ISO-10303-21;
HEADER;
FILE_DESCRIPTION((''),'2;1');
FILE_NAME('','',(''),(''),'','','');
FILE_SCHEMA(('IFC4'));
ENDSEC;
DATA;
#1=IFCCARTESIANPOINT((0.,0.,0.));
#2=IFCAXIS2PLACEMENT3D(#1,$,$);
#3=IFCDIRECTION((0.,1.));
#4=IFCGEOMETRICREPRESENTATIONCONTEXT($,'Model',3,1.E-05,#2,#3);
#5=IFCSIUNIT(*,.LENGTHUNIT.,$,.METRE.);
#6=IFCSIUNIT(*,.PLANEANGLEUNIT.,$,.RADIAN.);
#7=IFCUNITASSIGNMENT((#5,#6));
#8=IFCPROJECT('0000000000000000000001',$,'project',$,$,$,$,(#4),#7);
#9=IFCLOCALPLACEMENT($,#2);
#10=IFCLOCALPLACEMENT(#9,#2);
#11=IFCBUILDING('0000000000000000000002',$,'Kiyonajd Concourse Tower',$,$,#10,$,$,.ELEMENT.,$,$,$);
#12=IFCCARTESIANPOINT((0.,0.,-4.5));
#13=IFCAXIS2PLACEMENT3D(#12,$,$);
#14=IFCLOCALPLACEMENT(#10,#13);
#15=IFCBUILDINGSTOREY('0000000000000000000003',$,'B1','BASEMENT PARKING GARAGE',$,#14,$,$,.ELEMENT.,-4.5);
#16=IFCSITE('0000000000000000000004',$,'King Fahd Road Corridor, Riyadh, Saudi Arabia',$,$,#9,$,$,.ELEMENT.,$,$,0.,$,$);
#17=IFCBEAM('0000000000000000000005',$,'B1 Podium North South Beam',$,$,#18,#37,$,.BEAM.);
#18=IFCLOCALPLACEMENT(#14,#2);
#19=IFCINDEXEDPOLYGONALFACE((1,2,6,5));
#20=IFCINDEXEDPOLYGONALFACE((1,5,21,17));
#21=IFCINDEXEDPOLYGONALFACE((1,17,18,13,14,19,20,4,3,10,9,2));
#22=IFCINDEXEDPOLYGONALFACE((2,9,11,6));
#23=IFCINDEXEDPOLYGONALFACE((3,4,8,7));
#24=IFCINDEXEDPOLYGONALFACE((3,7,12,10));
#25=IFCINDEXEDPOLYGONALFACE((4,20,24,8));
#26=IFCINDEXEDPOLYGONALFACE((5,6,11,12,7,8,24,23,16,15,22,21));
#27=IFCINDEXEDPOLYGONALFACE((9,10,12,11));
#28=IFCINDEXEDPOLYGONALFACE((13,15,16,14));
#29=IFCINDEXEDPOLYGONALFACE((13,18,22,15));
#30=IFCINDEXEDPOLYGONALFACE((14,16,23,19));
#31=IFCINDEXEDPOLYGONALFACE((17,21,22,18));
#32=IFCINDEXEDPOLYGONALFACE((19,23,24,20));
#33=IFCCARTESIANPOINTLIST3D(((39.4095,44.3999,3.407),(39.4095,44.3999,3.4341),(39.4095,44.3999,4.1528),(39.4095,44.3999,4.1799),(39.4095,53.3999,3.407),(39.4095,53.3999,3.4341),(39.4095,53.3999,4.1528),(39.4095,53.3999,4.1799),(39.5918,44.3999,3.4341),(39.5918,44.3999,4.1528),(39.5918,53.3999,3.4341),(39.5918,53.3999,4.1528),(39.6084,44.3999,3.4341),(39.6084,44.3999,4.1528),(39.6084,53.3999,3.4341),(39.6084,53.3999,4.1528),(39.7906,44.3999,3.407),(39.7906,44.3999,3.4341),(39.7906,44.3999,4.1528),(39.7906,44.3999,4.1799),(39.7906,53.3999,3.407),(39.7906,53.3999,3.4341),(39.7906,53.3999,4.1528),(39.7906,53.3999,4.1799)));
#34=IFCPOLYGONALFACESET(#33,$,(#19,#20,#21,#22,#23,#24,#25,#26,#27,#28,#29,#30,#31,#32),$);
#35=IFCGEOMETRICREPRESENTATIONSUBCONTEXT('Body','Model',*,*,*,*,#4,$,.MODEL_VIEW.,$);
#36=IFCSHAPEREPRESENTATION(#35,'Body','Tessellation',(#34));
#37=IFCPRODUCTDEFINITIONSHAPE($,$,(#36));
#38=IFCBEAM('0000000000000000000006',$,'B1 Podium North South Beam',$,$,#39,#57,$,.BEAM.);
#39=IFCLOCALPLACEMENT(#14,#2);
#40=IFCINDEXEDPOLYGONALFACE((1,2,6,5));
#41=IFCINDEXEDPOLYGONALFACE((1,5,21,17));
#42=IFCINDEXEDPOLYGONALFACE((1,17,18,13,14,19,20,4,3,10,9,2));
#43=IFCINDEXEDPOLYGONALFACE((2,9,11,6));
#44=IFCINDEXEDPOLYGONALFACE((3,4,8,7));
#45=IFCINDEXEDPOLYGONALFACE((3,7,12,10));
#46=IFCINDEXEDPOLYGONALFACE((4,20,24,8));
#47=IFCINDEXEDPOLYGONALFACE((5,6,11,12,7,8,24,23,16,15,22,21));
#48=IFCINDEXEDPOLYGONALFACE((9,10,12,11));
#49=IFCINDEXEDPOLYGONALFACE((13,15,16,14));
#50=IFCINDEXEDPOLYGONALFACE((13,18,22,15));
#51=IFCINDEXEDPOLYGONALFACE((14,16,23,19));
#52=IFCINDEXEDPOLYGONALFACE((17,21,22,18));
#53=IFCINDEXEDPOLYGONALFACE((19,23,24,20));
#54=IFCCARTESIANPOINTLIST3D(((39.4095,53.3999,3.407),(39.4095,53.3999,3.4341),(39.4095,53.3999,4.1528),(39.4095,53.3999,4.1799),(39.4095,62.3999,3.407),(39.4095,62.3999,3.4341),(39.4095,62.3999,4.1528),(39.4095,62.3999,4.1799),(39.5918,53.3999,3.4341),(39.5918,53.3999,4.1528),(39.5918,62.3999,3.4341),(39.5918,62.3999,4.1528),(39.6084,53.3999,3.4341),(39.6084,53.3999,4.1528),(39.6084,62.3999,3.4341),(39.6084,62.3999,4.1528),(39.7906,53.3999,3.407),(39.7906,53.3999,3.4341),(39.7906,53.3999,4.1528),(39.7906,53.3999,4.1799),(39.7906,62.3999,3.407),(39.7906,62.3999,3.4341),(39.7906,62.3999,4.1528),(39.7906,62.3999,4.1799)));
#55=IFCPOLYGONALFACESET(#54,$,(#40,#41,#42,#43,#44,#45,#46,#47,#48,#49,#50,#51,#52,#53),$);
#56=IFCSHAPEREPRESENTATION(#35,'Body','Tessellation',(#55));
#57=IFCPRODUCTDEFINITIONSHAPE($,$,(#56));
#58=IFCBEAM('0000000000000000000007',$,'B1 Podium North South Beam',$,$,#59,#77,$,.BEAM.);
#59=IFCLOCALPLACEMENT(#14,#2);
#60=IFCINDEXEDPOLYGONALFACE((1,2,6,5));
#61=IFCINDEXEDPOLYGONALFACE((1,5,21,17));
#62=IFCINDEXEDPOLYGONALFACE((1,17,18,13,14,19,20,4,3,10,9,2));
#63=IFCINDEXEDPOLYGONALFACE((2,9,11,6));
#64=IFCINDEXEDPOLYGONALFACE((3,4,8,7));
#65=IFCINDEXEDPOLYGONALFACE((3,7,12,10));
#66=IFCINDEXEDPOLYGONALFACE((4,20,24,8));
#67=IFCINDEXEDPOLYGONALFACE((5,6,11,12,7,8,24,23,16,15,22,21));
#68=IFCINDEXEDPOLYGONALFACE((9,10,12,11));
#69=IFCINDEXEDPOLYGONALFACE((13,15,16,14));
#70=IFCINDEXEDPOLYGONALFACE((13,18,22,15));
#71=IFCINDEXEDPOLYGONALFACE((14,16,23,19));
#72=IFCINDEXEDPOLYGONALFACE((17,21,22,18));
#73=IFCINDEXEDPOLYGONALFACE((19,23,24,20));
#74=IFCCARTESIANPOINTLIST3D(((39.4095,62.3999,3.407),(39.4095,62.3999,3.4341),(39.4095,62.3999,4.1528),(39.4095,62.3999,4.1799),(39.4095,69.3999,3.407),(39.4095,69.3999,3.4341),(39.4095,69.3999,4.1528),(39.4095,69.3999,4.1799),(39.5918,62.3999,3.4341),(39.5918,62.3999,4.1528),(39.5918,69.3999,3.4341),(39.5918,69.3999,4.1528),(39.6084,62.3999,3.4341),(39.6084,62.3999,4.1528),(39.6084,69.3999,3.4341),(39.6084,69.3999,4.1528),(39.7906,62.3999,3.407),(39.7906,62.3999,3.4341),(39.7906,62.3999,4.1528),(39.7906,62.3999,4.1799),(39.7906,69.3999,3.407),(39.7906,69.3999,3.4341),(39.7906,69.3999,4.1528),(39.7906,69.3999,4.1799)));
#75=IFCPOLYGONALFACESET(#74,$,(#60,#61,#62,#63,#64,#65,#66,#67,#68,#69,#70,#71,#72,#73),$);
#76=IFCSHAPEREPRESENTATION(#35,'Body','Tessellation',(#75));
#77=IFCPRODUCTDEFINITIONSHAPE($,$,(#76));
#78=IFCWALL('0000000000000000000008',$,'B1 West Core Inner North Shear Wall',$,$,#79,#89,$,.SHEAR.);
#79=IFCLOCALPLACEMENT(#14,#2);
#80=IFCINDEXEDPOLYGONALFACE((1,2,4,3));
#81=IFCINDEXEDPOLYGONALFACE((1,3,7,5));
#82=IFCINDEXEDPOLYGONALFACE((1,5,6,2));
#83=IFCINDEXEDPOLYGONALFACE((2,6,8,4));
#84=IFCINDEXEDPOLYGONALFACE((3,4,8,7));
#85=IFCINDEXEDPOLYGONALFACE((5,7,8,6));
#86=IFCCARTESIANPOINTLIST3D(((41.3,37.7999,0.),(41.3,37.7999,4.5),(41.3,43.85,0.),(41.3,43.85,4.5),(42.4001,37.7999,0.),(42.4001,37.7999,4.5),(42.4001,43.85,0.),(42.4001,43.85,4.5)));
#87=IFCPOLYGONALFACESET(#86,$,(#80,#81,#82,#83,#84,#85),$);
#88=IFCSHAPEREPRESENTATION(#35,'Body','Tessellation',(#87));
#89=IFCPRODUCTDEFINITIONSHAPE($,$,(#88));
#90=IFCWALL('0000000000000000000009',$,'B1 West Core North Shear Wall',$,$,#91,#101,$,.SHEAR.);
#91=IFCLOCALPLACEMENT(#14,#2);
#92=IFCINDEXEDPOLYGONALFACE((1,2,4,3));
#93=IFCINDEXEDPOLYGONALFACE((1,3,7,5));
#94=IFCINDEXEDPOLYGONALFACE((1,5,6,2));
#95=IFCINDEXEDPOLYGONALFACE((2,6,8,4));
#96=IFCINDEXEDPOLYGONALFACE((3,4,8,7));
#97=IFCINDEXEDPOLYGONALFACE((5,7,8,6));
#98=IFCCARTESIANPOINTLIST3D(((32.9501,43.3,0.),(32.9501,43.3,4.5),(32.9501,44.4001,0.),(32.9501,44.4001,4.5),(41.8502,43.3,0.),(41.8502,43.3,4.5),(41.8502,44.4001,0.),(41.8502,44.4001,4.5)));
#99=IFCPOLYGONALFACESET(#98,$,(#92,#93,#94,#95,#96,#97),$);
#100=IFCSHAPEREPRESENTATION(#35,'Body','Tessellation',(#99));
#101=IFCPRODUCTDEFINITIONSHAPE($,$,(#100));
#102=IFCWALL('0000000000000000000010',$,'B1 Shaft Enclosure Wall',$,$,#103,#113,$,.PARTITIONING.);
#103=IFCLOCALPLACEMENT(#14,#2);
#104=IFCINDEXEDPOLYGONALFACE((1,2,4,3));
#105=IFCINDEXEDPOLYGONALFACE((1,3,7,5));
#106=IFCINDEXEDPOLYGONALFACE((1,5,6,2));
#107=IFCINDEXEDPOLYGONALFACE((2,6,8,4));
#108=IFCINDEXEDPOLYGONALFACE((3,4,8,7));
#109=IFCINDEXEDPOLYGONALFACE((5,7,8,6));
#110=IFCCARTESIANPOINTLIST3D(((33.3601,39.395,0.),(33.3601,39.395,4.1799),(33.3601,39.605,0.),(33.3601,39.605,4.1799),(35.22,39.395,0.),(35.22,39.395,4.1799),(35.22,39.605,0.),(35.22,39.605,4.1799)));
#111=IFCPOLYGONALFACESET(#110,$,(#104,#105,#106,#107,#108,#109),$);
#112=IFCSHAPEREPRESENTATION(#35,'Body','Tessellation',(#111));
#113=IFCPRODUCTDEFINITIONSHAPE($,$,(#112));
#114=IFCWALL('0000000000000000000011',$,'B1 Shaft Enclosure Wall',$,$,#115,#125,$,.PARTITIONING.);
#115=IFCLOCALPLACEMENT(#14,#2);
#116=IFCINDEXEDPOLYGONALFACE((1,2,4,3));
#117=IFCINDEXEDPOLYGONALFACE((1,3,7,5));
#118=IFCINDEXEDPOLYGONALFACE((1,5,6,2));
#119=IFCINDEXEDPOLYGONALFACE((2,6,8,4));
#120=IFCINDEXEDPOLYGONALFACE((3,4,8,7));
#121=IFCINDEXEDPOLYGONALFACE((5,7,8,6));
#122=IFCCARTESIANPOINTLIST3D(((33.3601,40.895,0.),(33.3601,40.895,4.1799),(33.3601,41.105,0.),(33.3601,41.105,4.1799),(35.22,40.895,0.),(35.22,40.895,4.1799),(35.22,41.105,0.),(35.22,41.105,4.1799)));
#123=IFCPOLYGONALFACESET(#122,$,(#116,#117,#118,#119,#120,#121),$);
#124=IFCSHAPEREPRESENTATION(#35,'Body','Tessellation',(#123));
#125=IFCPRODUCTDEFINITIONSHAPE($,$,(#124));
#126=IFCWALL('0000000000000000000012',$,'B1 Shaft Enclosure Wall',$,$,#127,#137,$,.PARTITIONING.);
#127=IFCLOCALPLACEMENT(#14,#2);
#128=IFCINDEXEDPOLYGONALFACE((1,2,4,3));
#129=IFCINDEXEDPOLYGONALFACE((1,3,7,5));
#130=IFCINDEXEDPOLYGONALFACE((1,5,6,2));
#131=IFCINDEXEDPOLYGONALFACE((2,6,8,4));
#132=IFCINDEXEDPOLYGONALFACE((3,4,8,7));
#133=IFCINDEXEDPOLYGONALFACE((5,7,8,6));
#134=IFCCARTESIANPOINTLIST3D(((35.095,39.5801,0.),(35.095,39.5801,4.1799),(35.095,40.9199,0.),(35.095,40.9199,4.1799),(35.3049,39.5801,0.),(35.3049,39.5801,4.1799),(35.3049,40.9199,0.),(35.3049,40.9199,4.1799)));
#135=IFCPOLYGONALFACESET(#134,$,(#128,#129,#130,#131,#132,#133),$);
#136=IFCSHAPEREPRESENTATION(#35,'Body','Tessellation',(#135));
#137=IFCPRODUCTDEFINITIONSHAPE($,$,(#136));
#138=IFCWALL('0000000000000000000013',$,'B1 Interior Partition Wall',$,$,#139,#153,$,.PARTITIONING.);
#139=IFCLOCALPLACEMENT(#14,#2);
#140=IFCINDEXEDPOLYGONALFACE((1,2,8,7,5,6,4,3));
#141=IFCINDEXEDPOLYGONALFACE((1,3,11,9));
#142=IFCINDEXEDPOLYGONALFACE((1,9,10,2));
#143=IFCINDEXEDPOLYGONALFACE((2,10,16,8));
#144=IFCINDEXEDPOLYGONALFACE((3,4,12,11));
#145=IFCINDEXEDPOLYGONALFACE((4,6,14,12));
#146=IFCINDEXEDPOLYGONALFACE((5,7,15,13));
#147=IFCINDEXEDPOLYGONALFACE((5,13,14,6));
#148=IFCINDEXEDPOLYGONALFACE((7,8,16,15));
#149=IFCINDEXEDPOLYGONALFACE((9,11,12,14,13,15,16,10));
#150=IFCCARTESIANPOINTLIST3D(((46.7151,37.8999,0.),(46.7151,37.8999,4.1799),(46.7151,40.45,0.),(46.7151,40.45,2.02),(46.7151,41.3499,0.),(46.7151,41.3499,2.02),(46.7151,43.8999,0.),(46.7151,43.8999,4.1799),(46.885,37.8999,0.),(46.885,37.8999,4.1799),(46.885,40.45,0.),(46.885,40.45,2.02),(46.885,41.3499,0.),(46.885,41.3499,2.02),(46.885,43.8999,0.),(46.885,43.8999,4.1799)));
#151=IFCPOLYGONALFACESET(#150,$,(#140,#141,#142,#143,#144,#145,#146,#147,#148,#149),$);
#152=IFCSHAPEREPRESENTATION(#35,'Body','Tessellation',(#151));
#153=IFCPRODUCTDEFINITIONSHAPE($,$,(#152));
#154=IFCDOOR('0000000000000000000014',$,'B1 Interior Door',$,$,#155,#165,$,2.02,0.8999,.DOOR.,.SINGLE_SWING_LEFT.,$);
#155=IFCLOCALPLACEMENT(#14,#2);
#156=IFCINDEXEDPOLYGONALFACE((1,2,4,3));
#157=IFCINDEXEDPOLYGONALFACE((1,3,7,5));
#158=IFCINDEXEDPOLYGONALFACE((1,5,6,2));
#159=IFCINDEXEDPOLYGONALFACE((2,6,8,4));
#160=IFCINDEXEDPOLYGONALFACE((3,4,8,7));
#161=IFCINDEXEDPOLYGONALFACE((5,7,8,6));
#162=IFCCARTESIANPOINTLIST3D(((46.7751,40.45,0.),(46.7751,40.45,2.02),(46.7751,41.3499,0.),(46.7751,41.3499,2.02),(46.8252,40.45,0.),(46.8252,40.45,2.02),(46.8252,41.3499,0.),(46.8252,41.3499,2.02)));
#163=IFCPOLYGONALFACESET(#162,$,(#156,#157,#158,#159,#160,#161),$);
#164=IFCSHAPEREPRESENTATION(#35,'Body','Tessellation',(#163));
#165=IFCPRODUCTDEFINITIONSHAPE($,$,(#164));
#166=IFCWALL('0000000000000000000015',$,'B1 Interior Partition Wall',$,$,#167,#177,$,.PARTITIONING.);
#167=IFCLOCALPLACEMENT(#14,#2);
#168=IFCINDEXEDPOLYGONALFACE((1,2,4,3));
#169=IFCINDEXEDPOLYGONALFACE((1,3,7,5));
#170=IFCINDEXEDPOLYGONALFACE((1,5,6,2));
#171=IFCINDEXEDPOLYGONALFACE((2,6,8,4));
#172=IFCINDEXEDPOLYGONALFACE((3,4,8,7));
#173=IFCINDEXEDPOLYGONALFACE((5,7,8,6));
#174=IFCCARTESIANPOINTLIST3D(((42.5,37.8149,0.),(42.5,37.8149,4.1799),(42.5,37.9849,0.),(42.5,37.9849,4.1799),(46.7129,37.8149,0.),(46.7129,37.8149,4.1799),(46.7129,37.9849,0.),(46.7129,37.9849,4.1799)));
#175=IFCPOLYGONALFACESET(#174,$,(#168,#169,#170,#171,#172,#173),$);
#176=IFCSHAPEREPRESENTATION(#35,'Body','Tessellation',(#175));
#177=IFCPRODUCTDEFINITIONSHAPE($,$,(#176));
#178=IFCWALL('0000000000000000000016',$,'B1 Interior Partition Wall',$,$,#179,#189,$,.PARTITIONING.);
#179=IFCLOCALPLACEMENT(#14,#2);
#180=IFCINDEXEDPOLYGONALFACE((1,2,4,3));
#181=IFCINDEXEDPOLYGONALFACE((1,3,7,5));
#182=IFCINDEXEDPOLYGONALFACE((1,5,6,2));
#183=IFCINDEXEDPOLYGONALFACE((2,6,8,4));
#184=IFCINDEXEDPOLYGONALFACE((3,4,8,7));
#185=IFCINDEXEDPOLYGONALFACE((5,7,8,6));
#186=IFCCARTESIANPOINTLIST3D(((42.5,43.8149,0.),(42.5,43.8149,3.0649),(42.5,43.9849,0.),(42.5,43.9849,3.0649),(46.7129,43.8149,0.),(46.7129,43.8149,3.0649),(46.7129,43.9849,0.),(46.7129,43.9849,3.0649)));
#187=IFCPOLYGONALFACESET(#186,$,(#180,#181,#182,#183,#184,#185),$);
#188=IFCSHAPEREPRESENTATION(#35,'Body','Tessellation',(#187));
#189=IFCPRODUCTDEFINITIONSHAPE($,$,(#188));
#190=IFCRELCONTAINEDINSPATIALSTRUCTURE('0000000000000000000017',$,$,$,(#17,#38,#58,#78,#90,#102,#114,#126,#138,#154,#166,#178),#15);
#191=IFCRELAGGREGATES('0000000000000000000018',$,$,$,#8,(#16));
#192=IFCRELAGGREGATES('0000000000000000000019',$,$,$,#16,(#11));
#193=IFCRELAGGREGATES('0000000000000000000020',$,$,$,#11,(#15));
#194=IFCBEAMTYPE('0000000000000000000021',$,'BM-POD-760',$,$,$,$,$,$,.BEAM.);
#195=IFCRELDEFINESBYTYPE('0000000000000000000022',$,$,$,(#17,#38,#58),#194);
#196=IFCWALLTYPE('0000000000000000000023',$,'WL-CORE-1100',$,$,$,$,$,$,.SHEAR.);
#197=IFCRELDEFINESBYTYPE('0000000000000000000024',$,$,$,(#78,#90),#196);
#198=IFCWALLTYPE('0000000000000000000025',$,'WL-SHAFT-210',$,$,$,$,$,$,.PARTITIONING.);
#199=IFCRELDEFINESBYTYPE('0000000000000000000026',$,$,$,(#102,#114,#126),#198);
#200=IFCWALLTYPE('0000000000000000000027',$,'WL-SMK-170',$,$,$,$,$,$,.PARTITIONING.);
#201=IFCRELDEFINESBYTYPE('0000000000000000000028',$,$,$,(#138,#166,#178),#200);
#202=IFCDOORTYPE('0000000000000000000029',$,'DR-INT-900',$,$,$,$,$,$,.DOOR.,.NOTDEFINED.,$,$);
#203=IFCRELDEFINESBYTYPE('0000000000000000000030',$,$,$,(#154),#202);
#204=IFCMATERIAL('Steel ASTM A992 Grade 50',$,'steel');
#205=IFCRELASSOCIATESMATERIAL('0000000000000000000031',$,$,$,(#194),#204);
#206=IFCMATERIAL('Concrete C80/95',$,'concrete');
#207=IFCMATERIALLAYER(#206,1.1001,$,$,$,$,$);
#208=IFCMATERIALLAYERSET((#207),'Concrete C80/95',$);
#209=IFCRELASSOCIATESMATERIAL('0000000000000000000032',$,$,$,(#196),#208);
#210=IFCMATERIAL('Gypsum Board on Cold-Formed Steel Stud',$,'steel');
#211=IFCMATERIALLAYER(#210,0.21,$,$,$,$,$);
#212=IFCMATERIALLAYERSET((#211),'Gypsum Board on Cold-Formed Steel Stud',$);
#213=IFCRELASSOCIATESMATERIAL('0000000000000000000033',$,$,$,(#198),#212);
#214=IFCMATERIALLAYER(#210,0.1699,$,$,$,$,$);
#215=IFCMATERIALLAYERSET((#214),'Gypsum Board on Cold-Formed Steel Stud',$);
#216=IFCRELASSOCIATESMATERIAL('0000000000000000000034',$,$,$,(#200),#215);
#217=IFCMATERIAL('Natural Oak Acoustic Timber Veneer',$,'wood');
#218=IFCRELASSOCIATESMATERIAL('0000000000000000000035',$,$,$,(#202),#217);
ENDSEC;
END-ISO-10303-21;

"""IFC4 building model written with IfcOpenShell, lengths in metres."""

from ifc_helpers import new_model, si_unit, direction, frame, frame_2d, origin, origin_2d, place, context, subcontext, project, spatial, rectangle, i_section, extrude, material, layer, layer_set, material_profile, profile_set, type_object, element, fill, save


model = new_model("IFC4")

# Units and contexts
model_context = context("Model", 3, precision=1e-05, world=origin(), true_north=direction((0.0, 1.0)))
body_context = subcontext(model_context, "Body", "Model", "MODEL_VIEW")
ifc_project = project(units=[si_unit("LENGTHUNIT", "METRE"), si_unit("PLANEANGLEUNIT", "RADIAN")], contexts=[model_context])

# Site, building, storey
site_placement = place(None, origin())
site = spatial("IfcSite", under=ifc_project, at=site_placement, Name="King Fahd Road Corridor, Riyadh, Saudi Arabia", CompositionType="ELEMENT", RefElevation=0.0)
building_placement = place(site_placement, origin())
building = spatial("IfcBuilding", under=site, at=building_placement, Name="Kiyonajd Concourse Tower", CompositionType="ELEMENT")
storey_placement = place(building_placement, frame((0.0, 0.0, -4.5)))
storey = spatial("IfcBuildingStorey", under=building, at=storey_placement, Name="B1", Description="BASEMENT PARKING GARAGE", CompositionType="ELEMENT", Elevation=-4.5)

# Shared definitions
ifc_material_1 = material(Name="Concrete C80/95", Category="concrete")

# Beams
ifc_material_2 = material(Name="Steel ASTM A992 Grade 50", Category="steel")
ifc_material_profile_1 = material_profile(ifc_material_2, i_section(OverallWidth=0.3811, OverallDepth=0.7729, WebThickness=0.0166, FlangeThickness=0.0271, at=origin_2d()), Name="W760X257")
ifc_profile_set_1 = profile_set([ifc_material_profile_1], Name="Steel ASTM A992 Grade 50")
beam_type_1 = type_object("IfcBeamType", Name="BM-POD-760", PredefinedType="BEAM", material=ifc_profile_set_1)
for number, where, z_axis, x_axis, name in (
    (1, (39.6001, 44.3999, 3.7935), (0.0, 1.0, 0.0), (-1.0, 0.0, 0.0), "B1 Podium North South Beam"),
    (2, (39.6001, 53.3999, 3.7935), (0.0, 1.0, 0.0), (-1.0, 0.0, 0.0), "B1 Podium North South Beam"),
):
    element("IfcBeam", number, at=place(storey_placement, frame(where, z_axis=z_axis, x_axis=x_axis)), inside=storey, type_object=beam_type_1, Name=name, PredefinedType="BEAM", context=body_context, shape_type="SweptSolid", body=[
        extrude(i_section(OverallWidth=0.3811, OverallDepth=0.7729, WebThickness=0.0166, FlangeThickness=0.0271, at=origin_2d()), origin(), (0.0, 0.0, 1.0), 9.0),
    ])
beam_1_placement = place(storey_placement, frame((39.6001, 62.3999, 3.7935), z_axis=(0.0, 1.0, 0.0), x_axis=(-1.0, 0.0, 0.0)))
element("IfcBeam", 3, at=beam_1_placement, inside=storey, type_object=beam_type_1, Name="B1 Podium North South Beam", PredefinedType="BEAM", context=body_context, shape_type="SweptSolid", body=[
    extrude(i_section(OverallWidth=0.3811, OverallDepth=0.7729, WebThickness=0.0166, FlangeThickness=0.0271, at=origin_2d()), origin(), (0.0, 0.0, 1.0), 7.0),
])

# Walls
ifc_layer_1 = layer(ifc_material_1, 1.1001)
ifc_layer_set_1 = layer_set([ifc_layer_1], Name="Concrete C80/95")
wall_type_1 = type_object("IfcWallType", Name="WL-CORE-1100", PredefinedType="SHEAR", material=ifc_layer_set_1)
wall_1_placement = place(storey_placement, frame((41.8501, 37.8, 0.0), z_axis=(0.0, 0.0, 1.0), x_axis=(0.0, 1.0, 0.0)))
element("IfcWall", 4, at=wall_1_placement, inside=storey, type_object=wall_type_1, Name="B1 West Core Inner North Shear Wall", PredefinedType="SHEAR", context=body_context, shape_type="SweptSolid", body=[
    extrude(rectangle(XDim=6.05, YDim=1.1001, at=frame_2d((3.0249, 0.0))), origin(), (0.0, 0.0, 1.0), 4.5),
])
wall_2_placement = place(storey_placement, frame((32.95, 43.8501, 0.0), z_axis=(0.0, 0.0, 1.0), x_axis=(1.0, 0.0, 0.0)))
element("IfcWall", 5, at=wall_2_placement, inside=storey, type_object=wall_type_1, Name="B1 West Core North Shear Wall", PredefinedType="SHEAR", context=body_context, shape_type="SweptSolid", body=[
    extrude(rectangle(XDim=8.9001, YDim=1.1001, at=frame_2d((4.4502, 0.0))), origin(), (0.0, 0.0, 1.0), 4.5),
])
ifc_material_3 = material(Name="Gypsum Board on Cold-Formed Steel Stud", Category="steel")
ifc_layer_2 = layer(ifc_material_3, 0.21)
ifc_layer_set_2 = layer_set([ifc_layer_2], Name="Gypsum Board on Cold-Formed Steel Stud")
wall_type_2 = type_object("IfcWallType", Name="WL-SHAFT-210", PredefinedType="PARTITIONING", material=ifc_layer_set_2)
for number, where, z_axis, x_axis, name in (
    (6, (33.3601, 39.5, 0.0), (0.0, 0.0, 1.0), (1.0, 0.0, 0.0), "B1 Shaft Enclosure Wall"),
    (7, (33.3601, 41.0, 0.0), (0.0, 0.0, 1.0), (1.0, 0.0, 0.0), "B1 Shaft Enclosure Wall"),
):
    element("IfcWall", number, at=place(storey_placement, frame(where, z_axis=z_axis, x_axis=x_axis)), inside=storey, type_object=wall_type_2, Name=name, PredefinedType="PARTITIONING", context=body_context, shape_type="SweptSolid", body=[
        extrude(rectangle(XDim=1.8599, YDim=0.21, at=frame_2d((0.9299, 0.0))), origin(), (0.0, 0.0, 1.0), 4.1799),
    ])
wall_3_placement = place(storey_placement, frame((35.2, 39.5801, 0.0), z_axis=(0.0, 0.0, 1.0), x_axis=(0.0, 1.0, 0.0)))
element("IfcWall", 8, at=wall_3_placement, inside=storey, type_object=wall_type_2, Name="B1 Shaft Enclosure Wall", PredefinedType="PARTITIONING", context=body_context, shape_type="SweptSolid", body=[
    extrude(rectangle(XDim=1.3398, YDim=0.21, at=frame_2d((0.6699, 0.0))), origin(), (0.0, 0.0, 1.0), 4.1799),
])

# Wall, opening, door
ifc_layer_3 = layer(ifc_material_3, 0.1699)
ifc_layer_set_3 = layer_set([ifc_layer_3], Name="Gypsum Board on Cold-Formed Steel Stud")
wall_type_3 = type_object("IfcWallType", Name="WL-SMK-170", PredefinedType="PARTITIONING", material=ifc_layer_set_3)
wall_4_placement = place(storey_placement, frame((46.8, 37.8999, 0.0), z_axis=(0.0, 0.0, 1.0), x_axis=(0.0, 1.0, 0.0)))
wall_4 = element("IfcWall", 9, at=wall_4_placement, inside=storey, type_object=wall_type_3, Name="B1 Interior Partition Wall", PredefinedType="PARTITIONING", context=body_context, shape_type="SweptSolid", body=[
    extrude(rectangle(XDim=6.0, YDim=0.1699, at=frame_2d((3.0, 0.0))), origin(), (0.0, 0.0, 1.0), 4.1799),
])
opening_1_placement = place(wall_4_placement, frame((2.55, 0.0, 0.0)))
opening_1 = element("IfcOpeningElement", 10, at=opening_1_placement, cuts=wall_4, PredefinedType="OPENING", context=body_context, shape_type="SweptSolid", body=[
    extrude(rectangle(XDim=0.8999, YDim=2.02, at=frame_2d((0.45, 1.01))), frame((0.0, 0.095, 0.0), z_axis=(0.0, -1.0, 0.0), x_axis=(1.0, 0.0, 0.0)), (0.0, 0.0, 1.0), 0.1899),
])
ifc_material_4 = material(Name="Natural Oak Acoustic Timber Veneer", Category="wood")
door_type = type_object("IfcDoorType", Name="DR-INT-900", OperationType="NOTDEFINED", PredefinedType="DOOR", material=ifc_material_4)
door_1_placement = place(opening_1_placement, origin())
door_1 = element("IfcDoor", 11, at=door_1_placement, inside=storey, type_object=door_type, Name="B1 Interior Door", OperationType="SINGLE_SWING_LEFT", OverallHeight=2.02, OverallWidth=0.8999, PredefinedType="DOOR", context=body_context, shape_type="SweptSolid", body=[
    extrude(rectangle(XDim=0.8999, YDim=2.02, at=frame_2d((0.45, 1.01))), frame((0.0, 0.0249, 0.0), z_axis=(0.0, -1.0, 0.0), x_axis=(1.0, 0.0, 0.0)), (0.0, 0.0, 1.0), 0.05),
])
fill(opening_1, door_1)

# Walls
wall_5_placement = place(storey_placement, frame((42.5, 37.8999, 0.0), z_axis=(0.0, 0.0, 1.0), x_axis=(1.0, 0.0, 0.0)))
element("IfcWall", 12, at=wall_5_placement, inside=storey, type_object=wall_type_3, Name="B1 Interior Partition Wall", PredefinedType="PARTITIONING", context=body_context, shape_type="SweptSolid", body=[
    extrude(rectangle(XDim=4.2129, YDim=0.1699, at=frame_2d((2.1064, 0.0))), origin(), (0.0, 0.0, 1.0), 4.1799),
])
wall_6_placement = place(storey_placement, frame((42.5, 43.8999, 0.0), z_axis=(0.0, 0.0, 1.0), x_axis=(1.0, 0.0, 0.0)))
element("IfcWall", 13, at=wall_6_placement, inside=storey, type_object=wall_type_3, Name="B1 Interior Partition Wall", PredefinedType="PARTITIONING", context=body_context, shape_type="SweptSolid", body=[
    extrude(rectangle(XDim=4.2129, YDim=0.1699, at=frame_2d((2.1064, 0.0))), origin(), (0.0, 0.0, 1.0), 3.0649),
])

save(model, "model.ifc")
